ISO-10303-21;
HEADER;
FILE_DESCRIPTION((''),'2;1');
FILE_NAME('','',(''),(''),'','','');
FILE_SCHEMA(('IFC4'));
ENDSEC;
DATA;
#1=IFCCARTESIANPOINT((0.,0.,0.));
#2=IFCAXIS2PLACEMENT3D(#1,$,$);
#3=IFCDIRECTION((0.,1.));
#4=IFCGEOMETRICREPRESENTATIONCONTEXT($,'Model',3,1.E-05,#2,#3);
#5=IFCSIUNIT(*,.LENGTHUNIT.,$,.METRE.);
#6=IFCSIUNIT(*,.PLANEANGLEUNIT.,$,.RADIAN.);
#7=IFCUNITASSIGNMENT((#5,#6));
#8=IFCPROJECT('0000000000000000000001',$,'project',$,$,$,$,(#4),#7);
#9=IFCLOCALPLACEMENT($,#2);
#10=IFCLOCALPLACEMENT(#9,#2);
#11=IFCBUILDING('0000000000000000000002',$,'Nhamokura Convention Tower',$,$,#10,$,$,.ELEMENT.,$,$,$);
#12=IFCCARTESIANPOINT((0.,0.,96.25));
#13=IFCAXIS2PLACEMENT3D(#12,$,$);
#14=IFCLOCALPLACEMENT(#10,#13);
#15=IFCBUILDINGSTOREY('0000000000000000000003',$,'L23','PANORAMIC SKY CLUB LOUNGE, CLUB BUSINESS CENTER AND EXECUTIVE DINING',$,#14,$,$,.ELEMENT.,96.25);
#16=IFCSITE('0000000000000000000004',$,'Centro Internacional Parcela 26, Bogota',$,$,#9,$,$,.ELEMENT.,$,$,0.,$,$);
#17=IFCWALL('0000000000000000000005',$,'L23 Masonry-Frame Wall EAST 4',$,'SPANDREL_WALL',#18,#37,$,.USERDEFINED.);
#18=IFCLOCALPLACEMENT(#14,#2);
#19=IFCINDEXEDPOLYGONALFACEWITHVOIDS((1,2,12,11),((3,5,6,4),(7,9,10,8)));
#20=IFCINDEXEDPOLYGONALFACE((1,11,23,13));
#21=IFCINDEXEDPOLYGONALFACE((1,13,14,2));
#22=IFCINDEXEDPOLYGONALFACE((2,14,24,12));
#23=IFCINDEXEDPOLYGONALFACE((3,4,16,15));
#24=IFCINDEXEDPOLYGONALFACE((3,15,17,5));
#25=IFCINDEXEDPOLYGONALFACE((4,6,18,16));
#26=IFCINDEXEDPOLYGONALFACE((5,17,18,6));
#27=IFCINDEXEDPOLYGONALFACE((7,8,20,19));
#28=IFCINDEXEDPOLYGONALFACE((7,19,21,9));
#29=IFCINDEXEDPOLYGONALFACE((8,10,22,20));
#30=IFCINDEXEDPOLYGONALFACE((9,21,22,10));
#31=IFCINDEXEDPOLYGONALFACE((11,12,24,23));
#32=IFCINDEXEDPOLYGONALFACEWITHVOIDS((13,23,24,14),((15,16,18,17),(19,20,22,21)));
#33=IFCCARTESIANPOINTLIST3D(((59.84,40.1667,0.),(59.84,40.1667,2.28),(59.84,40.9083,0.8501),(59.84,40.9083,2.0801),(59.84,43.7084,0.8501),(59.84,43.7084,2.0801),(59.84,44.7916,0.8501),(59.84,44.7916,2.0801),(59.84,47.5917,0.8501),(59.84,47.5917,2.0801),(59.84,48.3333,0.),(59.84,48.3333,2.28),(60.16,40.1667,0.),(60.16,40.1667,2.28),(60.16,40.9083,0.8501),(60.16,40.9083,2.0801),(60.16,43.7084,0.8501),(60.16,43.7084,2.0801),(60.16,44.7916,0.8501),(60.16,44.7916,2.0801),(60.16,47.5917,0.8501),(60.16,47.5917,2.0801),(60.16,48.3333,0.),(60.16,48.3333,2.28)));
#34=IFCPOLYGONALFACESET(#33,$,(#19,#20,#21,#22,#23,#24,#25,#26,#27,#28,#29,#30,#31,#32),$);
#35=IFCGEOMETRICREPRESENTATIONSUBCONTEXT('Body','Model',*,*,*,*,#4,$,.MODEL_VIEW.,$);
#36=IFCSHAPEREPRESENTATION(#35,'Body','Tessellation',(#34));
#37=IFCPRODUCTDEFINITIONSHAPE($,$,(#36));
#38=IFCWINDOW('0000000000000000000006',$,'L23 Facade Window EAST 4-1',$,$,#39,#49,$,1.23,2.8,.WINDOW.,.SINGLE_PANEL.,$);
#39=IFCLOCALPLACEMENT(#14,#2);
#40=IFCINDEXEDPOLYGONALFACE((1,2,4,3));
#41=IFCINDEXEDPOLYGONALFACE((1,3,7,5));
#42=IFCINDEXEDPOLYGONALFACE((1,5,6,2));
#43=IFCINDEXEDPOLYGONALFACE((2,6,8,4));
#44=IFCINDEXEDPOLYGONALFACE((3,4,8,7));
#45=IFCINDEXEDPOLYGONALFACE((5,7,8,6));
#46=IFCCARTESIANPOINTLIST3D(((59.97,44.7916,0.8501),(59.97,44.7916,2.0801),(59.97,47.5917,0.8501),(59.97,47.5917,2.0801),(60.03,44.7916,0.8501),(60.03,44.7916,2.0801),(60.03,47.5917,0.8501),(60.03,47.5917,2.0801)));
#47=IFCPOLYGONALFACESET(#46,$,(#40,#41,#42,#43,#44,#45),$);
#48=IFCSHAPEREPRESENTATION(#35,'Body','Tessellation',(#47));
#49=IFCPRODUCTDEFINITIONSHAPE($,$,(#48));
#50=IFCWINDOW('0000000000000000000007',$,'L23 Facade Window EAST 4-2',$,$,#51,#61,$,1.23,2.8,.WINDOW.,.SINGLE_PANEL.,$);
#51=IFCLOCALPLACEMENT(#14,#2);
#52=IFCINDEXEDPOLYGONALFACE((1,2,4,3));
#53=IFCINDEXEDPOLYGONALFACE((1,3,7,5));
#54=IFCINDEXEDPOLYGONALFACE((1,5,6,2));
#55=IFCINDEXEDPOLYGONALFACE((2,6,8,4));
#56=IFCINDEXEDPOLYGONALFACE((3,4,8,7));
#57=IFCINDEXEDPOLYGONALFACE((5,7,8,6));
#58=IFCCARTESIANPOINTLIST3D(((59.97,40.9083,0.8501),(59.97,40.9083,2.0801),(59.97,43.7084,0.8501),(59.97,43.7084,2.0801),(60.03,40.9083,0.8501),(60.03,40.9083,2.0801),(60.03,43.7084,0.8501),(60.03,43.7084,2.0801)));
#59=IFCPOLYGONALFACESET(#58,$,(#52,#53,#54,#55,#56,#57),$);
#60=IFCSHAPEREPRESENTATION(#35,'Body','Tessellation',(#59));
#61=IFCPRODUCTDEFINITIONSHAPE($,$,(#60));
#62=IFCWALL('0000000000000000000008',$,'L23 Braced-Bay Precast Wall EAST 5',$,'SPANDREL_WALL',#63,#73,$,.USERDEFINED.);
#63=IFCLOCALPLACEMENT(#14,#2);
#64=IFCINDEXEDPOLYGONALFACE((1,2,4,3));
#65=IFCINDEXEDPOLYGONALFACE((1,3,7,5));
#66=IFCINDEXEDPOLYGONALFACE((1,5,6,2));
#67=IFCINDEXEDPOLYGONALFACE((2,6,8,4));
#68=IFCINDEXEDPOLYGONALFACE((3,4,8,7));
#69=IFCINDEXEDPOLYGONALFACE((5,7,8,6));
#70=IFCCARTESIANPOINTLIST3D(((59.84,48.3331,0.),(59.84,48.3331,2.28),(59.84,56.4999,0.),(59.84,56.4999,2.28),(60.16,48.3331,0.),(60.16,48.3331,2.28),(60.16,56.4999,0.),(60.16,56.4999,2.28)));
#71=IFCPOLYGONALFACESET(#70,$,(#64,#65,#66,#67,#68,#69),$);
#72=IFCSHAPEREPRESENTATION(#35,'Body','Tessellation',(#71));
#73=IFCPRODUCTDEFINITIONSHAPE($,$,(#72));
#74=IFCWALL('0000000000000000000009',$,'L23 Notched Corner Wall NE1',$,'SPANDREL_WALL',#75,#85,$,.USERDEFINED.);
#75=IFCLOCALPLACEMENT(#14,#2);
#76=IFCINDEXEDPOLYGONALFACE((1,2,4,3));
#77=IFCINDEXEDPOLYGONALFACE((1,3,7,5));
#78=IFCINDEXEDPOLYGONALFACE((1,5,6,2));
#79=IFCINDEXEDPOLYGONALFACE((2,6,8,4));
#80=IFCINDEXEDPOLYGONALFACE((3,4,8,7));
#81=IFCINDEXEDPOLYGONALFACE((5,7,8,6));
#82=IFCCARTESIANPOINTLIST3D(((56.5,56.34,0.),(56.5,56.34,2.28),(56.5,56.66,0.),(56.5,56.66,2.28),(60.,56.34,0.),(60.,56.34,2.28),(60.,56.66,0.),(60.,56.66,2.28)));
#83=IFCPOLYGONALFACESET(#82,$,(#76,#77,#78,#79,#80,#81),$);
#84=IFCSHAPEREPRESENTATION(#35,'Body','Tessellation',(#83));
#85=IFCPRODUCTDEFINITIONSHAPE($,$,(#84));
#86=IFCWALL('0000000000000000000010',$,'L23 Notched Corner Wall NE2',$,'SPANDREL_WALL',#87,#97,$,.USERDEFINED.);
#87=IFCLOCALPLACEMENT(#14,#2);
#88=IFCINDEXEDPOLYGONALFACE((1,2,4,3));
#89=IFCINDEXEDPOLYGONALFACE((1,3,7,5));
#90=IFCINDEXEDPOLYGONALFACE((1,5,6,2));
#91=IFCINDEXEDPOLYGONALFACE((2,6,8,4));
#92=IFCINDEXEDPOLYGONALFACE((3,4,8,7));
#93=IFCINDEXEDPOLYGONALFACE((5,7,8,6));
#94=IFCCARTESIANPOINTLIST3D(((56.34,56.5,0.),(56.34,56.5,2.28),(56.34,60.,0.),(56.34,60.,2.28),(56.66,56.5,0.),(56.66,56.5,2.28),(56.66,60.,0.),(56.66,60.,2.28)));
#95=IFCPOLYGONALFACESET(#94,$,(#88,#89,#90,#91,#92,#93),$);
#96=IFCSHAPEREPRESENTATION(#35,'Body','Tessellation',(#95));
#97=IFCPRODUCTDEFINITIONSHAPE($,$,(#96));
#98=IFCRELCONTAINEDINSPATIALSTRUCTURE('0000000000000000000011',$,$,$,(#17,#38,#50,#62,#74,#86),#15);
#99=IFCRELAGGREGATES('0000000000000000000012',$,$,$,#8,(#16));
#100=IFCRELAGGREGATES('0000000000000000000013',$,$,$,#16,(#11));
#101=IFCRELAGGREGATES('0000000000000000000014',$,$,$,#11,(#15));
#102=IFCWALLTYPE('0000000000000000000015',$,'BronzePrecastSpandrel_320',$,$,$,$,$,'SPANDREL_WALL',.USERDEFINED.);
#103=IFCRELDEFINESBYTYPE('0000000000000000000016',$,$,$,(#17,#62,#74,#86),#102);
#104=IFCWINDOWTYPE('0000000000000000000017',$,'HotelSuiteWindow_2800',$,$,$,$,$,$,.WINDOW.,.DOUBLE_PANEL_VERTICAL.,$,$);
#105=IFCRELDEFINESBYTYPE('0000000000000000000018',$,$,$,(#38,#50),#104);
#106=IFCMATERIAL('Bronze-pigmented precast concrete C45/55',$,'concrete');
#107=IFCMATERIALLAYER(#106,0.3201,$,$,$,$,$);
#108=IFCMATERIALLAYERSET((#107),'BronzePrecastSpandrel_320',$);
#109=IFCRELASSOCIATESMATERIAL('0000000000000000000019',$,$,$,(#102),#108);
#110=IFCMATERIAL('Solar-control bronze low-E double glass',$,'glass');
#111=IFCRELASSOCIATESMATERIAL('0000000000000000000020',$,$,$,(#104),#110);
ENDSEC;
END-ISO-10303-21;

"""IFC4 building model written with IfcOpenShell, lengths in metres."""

from ifc_helpers import new_model, si_unit, direction, frame, frame_2d, origin, place, context, subcontext, project, spatial, rectangle, extrude, material, layer, layer_set, type_object, element, fill, save


model = new_model("IFC4")

# Units and contexts
model_context = context("Model", 3, precision=1e-05, world=origin(), true_north=direction((0.0, 1.0)))
body_context = subcontext(model_context, "Body", "Model", "MODEL_VIEW")
ifc_project = project(units=[si_unit("LENGTHUNIT", "METRE"), si_unit("PLANEANGLEUNIT", "RADIAN")], contexts=[model_context])

# Site, building, storey
site_placement = place(None, origin())
site = spatial("IfcSite", under=ifc_project, at=site_placement, Name="Centro Internacional Parcela 26, Bogota", CompositionType="ELEMENT", RefElevation=0.0)
building_placement = place(site_placement, origin())
building = spatial("IfcBuilding", under=site, at=building_placement, Name="Nhamokura Convention Tower", CompositionType="ELEMENT")
storey_placement = place(building_placement, frame((0.0, 0.0, 96.25)))
storey = spatial("IfcBuildingStorey", under=building, at=storey_placement, Name="L23", Description="PANORAMIC SKY CLUB LOUNGE, CLUB BUSINESS CENTER AND EXECUTIVE DINING", CompositionType="ELEMENT", Elevation=96.25)

# Shared definitions
ifc_material_1 = material(Name="Bronze-pigmented precast concrete C45/55", Category="concrete")
ifc_layer = layer(ifc_material_1, 0.3201)
ifc_layer_set = layer_set([ifc_layer], Name="BronzePrecastSpandrel_320")
wall_type = type_object("IfcWallType", Name="BronzePrecastSpandrel_320", ElementType="SPANDREL_WALL", PredefinedType="USERDEFINED", material=ifc_layer_set)

# Wall, openings, windows
wall_1_placement = place(storey_placement, frame((60.0, 48.3333, 0.0), z_axis=(0.0, 0.0, 1.0), x_axis=(0.0, -1.0, 0.0)))
wall_1 = element("IfcWall", 1, at=wall_1_placement, inside=storey, type_object=wall_type, Name="L23 Masonry-Frame Wall EAST 4", ObjectType="SPANDREL_WALL", PredefinedType="USERDEFINED", context=body_context, shape_type="SweptSolid", body=[
    extrude(rectangle(XDim=8.1665, YDim=0.3201, at=frame_2d((4.0833, 0.0))), origin(), (0.0, 0.0, 1.0), 2.28),
])
opening_1_placement = place(wall_1_placement, frame((0.7417, 0.0, 0.8501)))
opening_1 = element("IfcOpeningElement", 2, at=opening_1_placement, cuts=wall_1, PredefinedType="OPENING", context=body_context, shape_type="SweptSolid", body=[
    extrude(rectangle(XDim=2.8, YDim=1.23, at=frame_2d((1.3999, 0.615))), frame((0.0, 0.1699, 0.0), z_axis=(0.0, -1.0, 0.0), x_axis=(1.0, 0.0, 0.0)), (0.0, 0.0, 1.0), 0.3401),
])
opening_2_placement = place(wall_1_placement, frame((4.625, 0.0, 0.8501)))
opening_2 = element("IfcOpeningElement", 3, at=opening_2_placement, cuts=wall_1, PredefinedType="OPENING", context=body_context, shape_type="SweptSolid", body=[
    extrude(rectangle(XDim=2.8, YDim=1.23, at=frame_2d((1.3999, 0.615))), frame((0.0, 0.1699, 0.0), z_axis=(0.0, -1.0, 0.0), x_axis=(1.0, 0.0, 0.0)), (0.0, 0.0, 1.0), 0.3401),
])
ifc_material_2 = material(Name="Solar-control bronze low-E double glass", Category="glass")
window_type_1 = type_object("IfcWindowType", Name="HotelSuiteWindow_2800", PartitioningType="DOUBLE_PANEL_VERTICAL", PredefinedType="WINDOW", material=ifc_material_2)
window_1_placement = place(opening_1_placement, origin())
window_1 = element("IfcWindow", 4, at=window_1_placement, inside=storey, type_object=window_type_1, Name="L23 Facade Window EAST 4-1", OverallHeight=1.23, OverallWidth=2.8, PartitioningType="SINGLE_PANEL", PredefinedType="WINDOW", context=body_context, shape_type="SweptSolid", body=[
    extrude(rectangle(XDim=2.8, YDim=1.23, at=frame_2d((1.3999, 0.615))), frame((0.0, 0.03, 0.0), z_axis=(0.0, -1.0, 0.0), x_axis=(1.0, 0.0, 0.0)), (0.0, 0.0, 1.0), 0.0601),
])
fill(opening_1, window_1)
window_2_placement = place(opening_2_placement, origin())
window_2 = element("IfcWindow", 5, at=window_2_placement, inside=storey, type_object=window_type_1, Name="L23 Facade Window EAST 4-2", OverallHeight=1.23, OverallWidth=2.8, PartitioningType="SINGLE_PANEL", PredefinedType="WINDOW", context=body_context, shape_type="SweptSolid", body=[
    extrude(rectangle(XDim=2.8, YDim=1.23, at=frame_2d((1.3999, 0.615))), frame((0.0, 0.03, 0.0), z_axis=(0.0, -1.0, 0.0), x_axis=(1.0, 0.0, 0.0)), (0.0, 0.0, 1.0), 0.0601),
])
fill(opening_2, window_2)

# Walls
wall_2_placement = place(storey_placement, frame((60.0, 56.5, 0.0), z_axis=(0.0, 0.0, 1.0), x_axis=(0.0, -1.0, 0.0)))
element("IfcWall", 6, at=wall_2_placement, inside=storey, type_object=wall_type, Name="L23 Braced-Bay Precast Wall EAST 5", ObjectType="SPANDREL_WALL", PredefinedType="USERDEFINED", context=body_context, shape_type="SweptSolid", body=[
    extrude(rectangle(XDim=8.1667, YDim=0.3201, at=frame_2d((4.0835, 0.0))), origin(), (0.0, 0.0, 1.0), 2.28),
])
for number, where, z_axis, x_axis, name in (
    (7, (56.5, 56.5, 0.0), (0.0, 0.0, 1.0), (1.0, 0.0, 0.0), "L23 Notched Corner Wall NE1"),
    (8, (56.5, 60.0, 0.0), (0.0, 0.0, 1.0), (0.0, -1.0, 0.0), "L23 Notched Corner Wall NE2"),
):
    element("IfcWall", number, at=place(storey_placement, frame(where, z_axis=z_axis, x_axis=x_axis)), inside=storey, type_object=wall_type, Name=name, ObjectType="SPANDREL_WALL", PredefinedType="USERDEFINED", context=body_context, shape_type="SweptSolid", body=[
        extrude(rectangle(XDim=3.5, YDim=0.3201, at=frame_2d((1.75, 0.0))), origin(), (0.0, 0.0, 1.0), 2.28),
    ])

save(model, "model.ifc")
